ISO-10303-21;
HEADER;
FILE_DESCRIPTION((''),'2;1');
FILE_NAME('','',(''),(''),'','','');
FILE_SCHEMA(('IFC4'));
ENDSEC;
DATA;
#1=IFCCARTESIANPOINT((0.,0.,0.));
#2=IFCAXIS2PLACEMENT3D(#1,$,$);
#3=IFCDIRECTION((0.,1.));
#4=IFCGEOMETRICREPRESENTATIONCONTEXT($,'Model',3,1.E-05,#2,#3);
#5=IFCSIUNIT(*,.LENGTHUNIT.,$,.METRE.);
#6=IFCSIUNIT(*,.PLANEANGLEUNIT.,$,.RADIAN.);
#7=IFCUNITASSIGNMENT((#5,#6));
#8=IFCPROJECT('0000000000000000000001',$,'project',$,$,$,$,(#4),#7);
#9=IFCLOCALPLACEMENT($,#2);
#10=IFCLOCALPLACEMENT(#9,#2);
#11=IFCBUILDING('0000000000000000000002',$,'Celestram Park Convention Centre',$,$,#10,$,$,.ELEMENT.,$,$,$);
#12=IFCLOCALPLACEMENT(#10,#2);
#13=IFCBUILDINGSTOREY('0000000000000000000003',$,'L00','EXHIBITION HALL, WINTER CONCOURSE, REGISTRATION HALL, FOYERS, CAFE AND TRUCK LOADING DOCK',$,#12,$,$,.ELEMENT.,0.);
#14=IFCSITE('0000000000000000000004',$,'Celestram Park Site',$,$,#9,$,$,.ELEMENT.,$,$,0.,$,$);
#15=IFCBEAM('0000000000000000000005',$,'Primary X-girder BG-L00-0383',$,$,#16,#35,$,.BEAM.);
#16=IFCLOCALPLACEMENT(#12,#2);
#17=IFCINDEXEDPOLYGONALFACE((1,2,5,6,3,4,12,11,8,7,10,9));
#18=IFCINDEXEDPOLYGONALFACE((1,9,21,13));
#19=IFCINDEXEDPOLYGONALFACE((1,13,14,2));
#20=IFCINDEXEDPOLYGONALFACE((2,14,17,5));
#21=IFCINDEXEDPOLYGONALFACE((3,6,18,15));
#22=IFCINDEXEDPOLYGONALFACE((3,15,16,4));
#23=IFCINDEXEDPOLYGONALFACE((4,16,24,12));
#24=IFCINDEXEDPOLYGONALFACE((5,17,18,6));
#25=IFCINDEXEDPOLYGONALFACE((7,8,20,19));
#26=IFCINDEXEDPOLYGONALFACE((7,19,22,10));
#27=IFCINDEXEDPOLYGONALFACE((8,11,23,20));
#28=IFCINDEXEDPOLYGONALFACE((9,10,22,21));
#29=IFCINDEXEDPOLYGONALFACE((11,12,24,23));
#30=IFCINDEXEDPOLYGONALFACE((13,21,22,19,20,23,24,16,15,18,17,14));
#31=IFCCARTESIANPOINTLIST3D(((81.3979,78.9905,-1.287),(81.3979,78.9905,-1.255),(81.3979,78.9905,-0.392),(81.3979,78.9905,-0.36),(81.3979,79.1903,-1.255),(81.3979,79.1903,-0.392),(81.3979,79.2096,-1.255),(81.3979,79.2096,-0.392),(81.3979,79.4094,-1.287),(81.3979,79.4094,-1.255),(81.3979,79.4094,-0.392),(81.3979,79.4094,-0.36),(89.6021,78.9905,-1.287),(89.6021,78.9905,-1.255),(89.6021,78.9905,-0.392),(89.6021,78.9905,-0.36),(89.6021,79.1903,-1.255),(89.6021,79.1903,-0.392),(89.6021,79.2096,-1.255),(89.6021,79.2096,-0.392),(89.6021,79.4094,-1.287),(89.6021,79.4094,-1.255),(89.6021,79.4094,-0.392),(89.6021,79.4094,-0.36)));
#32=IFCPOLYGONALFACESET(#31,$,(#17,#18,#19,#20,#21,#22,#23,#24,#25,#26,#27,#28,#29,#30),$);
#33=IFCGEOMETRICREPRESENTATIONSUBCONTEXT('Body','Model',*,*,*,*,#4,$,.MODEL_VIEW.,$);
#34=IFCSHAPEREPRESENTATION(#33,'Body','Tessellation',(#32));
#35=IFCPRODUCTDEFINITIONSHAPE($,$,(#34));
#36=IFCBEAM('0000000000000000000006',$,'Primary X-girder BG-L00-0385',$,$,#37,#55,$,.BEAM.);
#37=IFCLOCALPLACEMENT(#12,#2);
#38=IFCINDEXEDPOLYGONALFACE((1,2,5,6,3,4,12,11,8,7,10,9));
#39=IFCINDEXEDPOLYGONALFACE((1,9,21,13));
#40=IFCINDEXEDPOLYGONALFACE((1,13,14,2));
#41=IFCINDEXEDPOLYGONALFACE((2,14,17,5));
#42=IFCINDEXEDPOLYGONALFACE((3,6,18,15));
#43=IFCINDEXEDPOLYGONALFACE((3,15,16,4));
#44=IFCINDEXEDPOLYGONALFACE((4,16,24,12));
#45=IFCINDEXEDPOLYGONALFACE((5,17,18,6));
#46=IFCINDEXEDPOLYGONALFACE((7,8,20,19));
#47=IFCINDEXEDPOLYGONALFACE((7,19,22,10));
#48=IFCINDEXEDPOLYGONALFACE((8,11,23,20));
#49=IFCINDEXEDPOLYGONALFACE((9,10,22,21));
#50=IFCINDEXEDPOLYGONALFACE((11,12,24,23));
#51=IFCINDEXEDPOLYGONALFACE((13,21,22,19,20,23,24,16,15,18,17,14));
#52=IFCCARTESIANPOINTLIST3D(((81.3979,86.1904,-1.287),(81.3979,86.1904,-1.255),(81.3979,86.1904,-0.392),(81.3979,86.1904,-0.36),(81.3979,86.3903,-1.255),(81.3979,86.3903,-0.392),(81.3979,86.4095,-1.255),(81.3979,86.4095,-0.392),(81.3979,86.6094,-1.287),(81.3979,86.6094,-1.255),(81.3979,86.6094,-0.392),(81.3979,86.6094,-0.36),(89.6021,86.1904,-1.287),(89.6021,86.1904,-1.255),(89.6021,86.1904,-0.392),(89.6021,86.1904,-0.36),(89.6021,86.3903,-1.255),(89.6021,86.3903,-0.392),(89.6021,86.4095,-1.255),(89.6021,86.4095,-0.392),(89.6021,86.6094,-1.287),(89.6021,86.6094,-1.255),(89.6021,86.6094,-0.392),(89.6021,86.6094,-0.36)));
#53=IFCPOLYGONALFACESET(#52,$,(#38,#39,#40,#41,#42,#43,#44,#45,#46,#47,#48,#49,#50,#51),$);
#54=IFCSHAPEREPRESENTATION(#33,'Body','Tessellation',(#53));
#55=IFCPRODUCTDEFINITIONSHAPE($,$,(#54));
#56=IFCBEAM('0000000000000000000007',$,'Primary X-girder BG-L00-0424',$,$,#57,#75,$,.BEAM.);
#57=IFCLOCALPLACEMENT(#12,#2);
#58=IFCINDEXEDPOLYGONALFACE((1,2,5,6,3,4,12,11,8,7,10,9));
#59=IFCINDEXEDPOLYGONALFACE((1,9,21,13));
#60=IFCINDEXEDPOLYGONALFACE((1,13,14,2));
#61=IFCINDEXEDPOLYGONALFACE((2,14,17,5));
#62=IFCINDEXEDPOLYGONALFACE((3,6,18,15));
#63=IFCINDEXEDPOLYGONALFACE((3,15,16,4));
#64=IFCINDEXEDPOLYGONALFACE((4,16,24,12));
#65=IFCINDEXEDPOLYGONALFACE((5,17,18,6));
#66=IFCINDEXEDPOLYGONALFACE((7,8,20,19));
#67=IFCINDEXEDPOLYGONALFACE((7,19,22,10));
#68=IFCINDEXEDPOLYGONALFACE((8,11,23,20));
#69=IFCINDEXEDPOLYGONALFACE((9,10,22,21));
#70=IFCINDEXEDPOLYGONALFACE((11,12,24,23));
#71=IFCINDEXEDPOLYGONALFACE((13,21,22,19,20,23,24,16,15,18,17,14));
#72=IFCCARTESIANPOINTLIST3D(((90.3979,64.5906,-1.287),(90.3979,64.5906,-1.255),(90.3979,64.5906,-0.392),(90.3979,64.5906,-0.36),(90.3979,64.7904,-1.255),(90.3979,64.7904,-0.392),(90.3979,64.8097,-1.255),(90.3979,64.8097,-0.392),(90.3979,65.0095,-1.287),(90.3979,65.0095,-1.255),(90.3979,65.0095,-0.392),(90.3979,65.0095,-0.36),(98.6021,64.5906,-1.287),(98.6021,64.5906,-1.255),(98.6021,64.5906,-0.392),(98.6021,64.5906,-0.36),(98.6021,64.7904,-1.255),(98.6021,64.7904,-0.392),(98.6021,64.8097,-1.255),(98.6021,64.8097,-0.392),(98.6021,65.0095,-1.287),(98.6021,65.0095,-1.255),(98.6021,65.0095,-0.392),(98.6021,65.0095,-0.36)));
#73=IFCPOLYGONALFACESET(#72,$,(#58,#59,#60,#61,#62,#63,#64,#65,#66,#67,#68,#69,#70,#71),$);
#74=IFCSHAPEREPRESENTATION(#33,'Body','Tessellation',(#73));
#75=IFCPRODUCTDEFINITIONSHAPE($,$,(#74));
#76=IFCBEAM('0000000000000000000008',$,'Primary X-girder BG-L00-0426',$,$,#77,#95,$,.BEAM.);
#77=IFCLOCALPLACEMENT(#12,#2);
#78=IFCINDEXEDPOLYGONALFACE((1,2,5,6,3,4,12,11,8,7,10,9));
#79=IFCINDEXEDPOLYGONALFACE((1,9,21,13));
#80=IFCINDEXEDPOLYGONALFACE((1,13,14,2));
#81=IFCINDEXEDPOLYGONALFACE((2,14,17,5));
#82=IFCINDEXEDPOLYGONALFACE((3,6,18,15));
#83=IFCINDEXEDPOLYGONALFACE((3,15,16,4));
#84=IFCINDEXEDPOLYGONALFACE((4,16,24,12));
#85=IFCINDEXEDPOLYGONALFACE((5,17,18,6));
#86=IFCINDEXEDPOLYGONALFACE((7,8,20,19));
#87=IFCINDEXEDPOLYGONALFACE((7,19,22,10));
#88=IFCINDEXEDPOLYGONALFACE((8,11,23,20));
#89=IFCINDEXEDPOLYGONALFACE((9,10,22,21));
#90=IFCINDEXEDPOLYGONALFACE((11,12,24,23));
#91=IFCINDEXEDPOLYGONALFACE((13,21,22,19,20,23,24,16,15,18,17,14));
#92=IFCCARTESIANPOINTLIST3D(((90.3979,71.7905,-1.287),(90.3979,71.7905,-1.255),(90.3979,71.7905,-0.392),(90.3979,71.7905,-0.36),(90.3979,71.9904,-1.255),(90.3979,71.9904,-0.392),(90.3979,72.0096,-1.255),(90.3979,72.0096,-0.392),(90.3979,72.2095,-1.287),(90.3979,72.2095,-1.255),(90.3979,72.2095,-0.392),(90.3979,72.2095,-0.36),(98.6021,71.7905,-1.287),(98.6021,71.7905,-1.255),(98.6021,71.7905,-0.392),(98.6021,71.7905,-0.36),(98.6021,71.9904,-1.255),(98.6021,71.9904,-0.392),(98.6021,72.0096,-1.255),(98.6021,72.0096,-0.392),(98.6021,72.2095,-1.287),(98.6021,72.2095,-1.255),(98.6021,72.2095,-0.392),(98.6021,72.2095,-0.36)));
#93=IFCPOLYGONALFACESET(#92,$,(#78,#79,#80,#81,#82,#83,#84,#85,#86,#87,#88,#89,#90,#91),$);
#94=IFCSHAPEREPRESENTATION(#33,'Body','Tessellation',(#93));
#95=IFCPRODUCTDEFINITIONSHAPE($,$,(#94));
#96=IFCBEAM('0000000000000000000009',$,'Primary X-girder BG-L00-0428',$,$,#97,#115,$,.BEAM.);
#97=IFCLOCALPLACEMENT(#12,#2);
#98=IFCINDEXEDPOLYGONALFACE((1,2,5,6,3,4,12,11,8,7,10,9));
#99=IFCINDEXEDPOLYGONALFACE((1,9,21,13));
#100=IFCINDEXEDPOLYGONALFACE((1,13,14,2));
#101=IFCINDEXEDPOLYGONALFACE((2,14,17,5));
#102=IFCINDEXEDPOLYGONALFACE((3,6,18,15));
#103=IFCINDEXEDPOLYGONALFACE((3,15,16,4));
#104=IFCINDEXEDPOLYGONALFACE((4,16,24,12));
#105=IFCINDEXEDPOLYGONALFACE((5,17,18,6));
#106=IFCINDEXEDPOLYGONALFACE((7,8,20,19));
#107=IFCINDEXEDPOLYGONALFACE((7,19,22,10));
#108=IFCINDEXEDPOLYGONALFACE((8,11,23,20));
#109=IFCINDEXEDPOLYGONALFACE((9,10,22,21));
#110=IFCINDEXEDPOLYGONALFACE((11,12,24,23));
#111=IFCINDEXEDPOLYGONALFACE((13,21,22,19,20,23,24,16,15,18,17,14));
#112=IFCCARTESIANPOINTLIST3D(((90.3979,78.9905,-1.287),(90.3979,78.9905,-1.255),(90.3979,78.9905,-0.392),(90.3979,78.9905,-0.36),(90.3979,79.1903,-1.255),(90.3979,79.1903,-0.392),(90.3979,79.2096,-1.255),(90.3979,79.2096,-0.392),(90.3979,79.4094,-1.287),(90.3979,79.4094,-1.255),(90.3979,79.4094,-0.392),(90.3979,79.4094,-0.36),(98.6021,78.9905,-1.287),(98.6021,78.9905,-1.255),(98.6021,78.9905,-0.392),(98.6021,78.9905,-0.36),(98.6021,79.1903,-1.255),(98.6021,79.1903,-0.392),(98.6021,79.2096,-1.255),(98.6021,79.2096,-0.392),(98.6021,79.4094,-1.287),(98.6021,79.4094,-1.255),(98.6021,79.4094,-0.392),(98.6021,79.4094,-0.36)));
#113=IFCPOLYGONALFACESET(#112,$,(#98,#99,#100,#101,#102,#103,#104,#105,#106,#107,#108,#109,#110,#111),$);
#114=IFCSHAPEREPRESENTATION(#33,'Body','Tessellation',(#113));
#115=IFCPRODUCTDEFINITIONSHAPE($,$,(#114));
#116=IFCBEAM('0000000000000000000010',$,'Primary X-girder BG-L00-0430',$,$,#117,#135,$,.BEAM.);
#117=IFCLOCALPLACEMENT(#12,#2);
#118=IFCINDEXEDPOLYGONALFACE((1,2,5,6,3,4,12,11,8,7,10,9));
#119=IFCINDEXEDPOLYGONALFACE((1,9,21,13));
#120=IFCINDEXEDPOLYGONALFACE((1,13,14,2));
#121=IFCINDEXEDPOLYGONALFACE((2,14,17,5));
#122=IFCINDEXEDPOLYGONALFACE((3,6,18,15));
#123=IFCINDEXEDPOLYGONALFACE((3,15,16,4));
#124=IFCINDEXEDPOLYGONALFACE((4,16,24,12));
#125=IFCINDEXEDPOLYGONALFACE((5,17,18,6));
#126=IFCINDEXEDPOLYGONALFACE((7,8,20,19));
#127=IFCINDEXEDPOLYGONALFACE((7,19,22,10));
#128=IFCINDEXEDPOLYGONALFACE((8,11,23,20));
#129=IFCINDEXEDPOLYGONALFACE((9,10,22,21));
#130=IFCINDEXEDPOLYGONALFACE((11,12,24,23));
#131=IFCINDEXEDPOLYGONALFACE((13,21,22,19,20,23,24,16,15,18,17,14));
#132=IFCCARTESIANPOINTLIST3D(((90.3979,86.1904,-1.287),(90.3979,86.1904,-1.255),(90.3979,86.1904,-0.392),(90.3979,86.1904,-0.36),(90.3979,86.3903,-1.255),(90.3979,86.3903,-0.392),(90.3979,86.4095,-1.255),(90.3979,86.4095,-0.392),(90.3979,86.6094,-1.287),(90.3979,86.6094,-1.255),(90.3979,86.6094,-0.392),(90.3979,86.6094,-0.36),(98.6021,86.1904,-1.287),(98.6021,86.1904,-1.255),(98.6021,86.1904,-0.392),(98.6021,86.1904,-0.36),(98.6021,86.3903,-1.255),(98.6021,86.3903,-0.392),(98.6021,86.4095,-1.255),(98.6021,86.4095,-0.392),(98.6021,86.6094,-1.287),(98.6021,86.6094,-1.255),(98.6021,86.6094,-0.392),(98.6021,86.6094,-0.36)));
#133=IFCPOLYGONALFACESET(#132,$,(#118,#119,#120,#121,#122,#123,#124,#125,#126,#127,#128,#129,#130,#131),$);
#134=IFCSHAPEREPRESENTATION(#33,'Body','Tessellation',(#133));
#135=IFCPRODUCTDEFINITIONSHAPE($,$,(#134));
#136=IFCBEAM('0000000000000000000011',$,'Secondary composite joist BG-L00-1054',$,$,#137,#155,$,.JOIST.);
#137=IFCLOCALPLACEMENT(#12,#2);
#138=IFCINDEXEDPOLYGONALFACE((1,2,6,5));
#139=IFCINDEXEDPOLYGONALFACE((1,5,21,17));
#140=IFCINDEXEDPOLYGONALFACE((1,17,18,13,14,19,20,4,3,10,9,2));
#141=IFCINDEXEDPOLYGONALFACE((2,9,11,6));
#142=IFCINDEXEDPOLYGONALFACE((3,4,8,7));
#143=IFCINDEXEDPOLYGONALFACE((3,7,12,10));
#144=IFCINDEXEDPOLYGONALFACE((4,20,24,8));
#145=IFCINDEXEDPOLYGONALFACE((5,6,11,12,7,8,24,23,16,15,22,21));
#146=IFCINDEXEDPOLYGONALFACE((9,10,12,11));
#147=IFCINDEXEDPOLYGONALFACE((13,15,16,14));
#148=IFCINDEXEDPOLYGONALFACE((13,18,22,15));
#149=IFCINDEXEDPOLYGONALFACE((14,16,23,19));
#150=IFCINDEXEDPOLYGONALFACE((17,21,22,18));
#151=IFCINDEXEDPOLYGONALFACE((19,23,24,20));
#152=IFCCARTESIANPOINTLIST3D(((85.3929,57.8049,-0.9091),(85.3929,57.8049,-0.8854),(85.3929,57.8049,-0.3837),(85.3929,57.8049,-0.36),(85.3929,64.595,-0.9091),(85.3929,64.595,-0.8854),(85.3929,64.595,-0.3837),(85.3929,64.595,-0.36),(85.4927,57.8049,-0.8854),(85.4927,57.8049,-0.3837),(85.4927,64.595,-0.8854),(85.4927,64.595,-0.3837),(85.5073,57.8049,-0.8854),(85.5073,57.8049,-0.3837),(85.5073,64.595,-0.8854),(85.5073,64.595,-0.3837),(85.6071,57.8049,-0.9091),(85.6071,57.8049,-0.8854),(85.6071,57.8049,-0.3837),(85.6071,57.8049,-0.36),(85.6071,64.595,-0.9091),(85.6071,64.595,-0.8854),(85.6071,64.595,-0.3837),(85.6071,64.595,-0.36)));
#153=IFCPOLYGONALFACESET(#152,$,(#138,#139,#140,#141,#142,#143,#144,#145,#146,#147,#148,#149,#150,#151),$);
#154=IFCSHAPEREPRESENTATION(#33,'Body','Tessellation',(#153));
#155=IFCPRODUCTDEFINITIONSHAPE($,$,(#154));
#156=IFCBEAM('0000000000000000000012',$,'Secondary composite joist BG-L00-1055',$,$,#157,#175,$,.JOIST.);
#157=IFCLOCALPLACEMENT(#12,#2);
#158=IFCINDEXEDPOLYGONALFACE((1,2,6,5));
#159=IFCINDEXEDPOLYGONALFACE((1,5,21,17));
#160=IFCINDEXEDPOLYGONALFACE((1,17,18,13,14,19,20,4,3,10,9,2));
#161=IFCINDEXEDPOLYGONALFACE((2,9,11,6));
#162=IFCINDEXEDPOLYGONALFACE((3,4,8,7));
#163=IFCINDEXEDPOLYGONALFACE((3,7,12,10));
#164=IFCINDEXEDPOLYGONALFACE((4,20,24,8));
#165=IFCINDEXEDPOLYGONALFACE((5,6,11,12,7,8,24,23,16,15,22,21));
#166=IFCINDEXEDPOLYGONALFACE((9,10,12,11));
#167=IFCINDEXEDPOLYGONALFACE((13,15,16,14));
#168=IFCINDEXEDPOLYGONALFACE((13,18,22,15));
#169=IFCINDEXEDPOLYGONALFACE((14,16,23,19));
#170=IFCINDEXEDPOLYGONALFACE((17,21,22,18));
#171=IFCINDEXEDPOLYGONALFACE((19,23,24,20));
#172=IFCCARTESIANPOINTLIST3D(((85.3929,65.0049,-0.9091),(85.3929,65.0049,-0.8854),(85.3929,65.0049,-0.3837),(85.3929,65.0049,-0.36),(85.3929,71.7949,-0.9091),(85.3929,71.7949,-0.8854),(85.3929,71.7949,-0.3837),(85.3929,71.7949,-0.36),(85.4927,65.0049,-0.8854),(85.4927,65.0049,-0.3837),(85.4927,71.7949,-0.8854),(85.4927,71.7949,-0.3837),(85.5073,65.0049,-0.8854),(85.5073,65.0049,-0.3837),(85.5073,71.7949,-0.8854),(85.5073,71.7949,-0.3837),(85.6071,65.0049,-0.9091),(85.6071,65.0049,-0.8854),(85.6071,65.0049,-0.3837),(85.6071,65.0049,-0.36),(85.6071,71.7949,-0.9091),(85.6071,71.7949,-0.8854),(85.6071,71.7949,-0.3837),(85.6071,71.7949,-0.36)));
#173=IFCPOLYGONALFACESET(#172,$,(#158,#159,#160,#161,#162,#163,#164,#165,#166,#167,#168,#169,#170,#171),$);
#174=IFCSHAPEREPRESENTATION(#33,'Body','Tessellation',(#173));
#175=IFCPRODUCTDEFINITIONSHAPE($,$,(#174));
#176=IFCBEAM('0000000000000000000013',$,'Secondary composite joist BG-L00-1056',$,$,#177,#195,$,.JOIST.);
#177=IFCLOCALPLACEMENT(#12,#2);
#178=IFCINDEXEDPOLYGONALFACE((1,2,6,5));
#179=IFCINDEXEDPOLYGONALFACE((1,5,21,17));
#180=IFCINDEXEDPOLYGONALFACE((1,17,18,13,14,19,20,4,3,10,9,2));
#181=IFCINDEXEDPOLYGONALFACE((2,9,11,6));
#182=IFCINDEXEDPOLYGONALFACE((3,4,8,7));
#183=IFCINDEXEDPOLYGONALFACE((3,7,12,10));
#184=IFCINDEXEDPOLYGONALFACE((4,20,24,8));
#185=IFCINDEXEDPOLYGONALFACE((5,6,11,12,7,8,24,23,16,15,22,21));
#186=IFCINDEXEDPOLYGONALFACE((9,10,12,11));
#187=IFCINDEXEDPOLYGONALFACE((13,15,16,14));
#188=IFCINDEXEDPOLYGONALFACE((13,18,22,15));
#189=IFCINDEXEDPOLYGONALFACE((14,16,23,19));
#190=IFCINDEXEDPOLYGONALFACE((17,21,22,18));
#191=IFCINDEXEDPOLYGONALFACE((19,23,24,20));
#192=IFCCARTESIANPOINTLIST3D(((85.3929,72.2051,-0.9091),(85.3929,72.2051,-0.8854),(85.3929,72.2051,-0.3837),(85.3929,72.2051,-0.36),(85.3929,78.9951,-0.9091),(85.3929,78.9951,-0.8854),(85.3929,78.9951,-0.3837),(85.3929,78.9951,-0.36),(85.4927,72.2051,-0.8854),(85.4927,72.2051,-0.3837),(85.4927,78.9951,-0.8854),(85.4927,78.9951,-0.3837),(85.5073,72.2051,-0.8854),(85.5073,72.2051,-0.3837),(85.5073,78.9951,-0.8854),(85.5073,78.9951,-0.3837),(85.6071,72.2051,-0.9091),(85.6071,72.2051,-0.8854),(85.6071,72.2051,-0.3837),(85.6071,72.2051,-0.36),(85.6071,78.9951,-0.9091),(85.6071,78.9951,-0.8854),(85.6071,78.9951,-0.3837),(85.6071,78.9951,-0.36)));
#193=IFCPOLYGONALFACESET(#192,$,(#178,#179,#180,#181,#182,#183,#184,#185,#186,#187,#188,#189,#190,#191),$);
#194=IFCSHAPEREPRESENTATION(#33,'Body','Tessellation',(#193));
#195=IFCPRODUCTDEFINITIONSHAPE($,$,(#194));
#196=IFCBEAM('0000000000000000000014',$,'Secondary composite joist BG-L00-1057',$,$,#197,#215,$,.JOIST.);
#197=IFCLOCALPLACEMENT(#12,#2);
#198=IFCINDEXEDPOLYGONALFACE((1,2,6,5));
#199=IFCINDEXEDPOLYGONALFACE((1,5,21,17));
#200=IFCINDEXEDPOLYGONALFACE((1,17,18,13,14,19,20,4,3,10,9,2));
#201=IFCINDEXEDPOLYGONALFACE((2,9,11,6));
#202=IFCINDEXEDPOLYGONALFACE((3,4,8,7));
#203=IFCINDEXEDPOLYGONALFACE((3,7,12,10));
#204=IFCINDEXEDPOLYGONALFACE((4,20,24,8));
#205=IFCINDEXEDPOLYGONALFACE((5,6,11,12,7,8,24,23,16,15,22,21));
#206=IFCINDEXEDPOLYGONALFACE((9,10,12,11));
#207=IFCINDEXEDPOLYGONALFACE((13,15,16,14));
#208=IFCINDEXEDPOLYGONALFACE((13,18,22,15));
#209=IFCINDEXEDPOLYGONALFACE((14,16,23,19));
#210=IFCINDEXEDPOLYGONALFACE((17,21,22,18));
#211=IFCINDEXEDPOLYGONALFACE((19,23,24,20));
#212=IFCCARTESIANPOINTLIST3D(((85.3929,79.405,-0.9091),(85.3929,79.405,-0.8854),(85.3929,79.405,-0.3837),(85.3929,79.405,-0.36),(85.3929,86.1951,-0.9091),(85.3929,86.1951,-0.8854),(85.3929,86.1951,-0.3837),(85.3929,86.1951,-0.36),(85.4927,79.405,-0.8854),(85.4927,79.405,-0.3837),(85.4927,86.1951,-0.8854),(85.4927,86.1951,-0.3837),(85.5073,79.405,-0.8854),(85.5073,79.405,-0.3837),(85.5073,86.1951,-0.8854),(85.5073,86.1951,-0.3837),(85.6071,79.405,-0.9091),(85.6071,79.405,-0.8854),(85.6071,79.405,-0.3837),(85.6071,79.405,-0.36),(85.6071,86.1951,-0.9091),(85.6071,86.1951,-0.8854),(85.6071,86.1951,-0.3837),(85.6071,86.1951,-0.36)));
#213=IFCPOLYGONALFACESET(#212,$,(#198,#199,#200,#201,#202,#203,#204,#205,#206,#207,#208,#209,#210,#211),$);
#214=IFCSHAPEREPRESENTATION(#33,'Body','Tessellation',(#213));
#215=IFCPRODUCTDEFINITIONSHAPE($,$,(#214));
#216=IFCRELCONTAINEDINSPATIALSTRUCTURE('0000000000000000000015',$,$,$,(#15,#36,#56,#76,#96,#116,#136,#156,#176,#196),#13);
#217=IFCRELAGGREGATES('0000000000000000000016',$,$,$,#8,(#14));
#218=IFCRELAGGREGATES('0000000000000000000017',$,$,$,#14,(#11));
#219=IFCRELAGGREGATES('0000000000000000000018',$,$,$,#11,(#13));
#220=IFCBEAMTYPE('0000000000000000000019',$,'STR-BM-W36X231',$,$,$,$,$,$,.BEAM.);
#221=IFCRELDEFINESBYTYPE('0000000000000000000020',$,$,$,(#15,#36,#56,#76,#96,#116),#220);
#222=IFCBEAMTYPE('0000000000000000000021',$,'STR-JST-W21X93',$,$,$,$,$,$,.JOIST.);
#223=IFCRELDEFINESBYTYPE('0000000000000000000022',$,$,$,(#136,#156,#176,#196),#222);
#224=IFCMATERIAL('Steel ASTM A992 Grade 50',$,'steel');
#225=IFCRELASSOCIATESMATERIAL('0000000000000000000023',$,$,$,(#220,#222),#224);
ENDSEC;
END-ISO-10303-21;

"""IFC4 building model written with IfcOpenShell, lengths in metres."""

from ifc_helpers import new_model, si_unit, direction, frame, origin, origin_2d, place, context, subcontext, project, spatial, i_section, extrude, material, material_profile, profile_set, type_object, element, save


model = new_model("IFC4")

# Units and contexts
model_context = context("Model", 3, precision=1e-05, world=origin(), true_north=direction((0.0, 1.0)))
body_context = subcontext(model_context, "Body", "Model", "MODEL_VIEW")
ifc_project = project(units=[si_unit("LENGTHUNIT", "METRE"), si_unit("PLANEANGLEUNIT", "RADIAN")], contexts=[model_context])

# Site, building, storey
site_placement = place(None, origin())
site = spatial("IfcSite", under=ifc_project, at=site_placement, Name="Celestram Park Site", CompositionType="ELEMENT", RefElevation=0.0)
building_placement = place(site_placement, origin())
building = spatial("IfcBuilding", under=site, at=building_placement, Name="Celestram Park Convention Centre", CompositionType="ELEMENT")
storey_placement = place(building_placement, origin())
storey = spatial("IfcBuildingStorey", under=building, at=storey_placement, Name="L00", Description="EXHIBITION HALL, WINTER CONCOURSE, REGISTRATION HALL, FOYERS, CAFE AND TRUCK LOADING DOCK", CompositionType="ELEMENT", Elevation=0.0)

# Beams
ifc_material_1 = material(Name="Steel ASTM A992 Grade 50", Category="steel")
ifc_material_profile_1 = material_profile(ifc_material_1, i_section(OverallWidth=0.4189, OverallDepth=0.927, WebThickness=0.0193, FlangeThickness=0.032, at=origin_2d()), Name="W36X231")
ifc_profile_set_1 = profile_set([ifc_material_profile_1], Name="Steel ASTM A992 Grade 50")
beam_type_1 = type_object("IfcBeamType", Name="STR-BM-W36X231", PredefinedType="BEAM", material=ifc_profile_set_1)
for number, where, z_axis, x_axis, name in (
    (1, (81.3979, 79.2, -0.8235), (1.0, 0.0, 0.0), (0.0, 1.0, 0.0), "Primary X-girder BG-L00-0383"),
    (2, (81.3979, 86.3999, -0.8235), (1.0, 0.0, 0.0), (0.0, 1.0, 0.0), "Primary X-girder BG-L00-0385"),
    (3, (90.3979, 64.8, -0.8235), (1.0, 0.0, 0.0), (0.0, 1.0, 0.0), "Primary X-girder BG-L00-0424"),
    (4, (90.3979, 72.0, -0.8235), (1.0, 0.0, 0.0), (0.0, 1.0, 0.0), "Primary X-girder BG-L00-0426"),
    (5, (90.3979, 79.2, -0.8235), (1.0, 0.0, 0.0), (0.0, 1.0, 0.0), "Primary X-girder BG-L00-0428"),
    (6, (90.3979, 86.3999, -0.8235), (1.0, 0.0, 0.0), (0.0, 1.0, 0.0), "Primary X-girder BG-L00-0430"),
):
    element("IfcBeam", number, at=place(storey_placement, frame(where, z_axis=z_axis, x_axis=x_axis)), inside=storey, type_object=beam_type_1, Name=name, PredefinedType="BEAM", context=body_context, shape_type="SweptSolid", body=[
        extrude(i_section(OverallWidth=0.4189, OverallDepth=0.927, WebThickness=0.0193, FlangeThickness=0.032, at=origin_2d()), origin(), (0.0, 0.0, 1.0), 8.2041),
    ])
ifc_material_profile_2 = material_profile(ifc_material_1, i_section(OverallWidth=0.2141, OverallDepth=0.5491, WebThickness=0.0146, FlangeThickness=0.0237, at=origin_2d()), Name="W21X93")
ifc_profile_set_2 = profile_set([ifc_material_profile_2], Name="Steel ASTM A992 Grade 50")
beam_type_2 = type_object("IfcBeamType", Name="STR-JST-W21X93", PredefinedType="JOIST", material=ifc_profile_set_2)
for number, where, z_axis, x_axis, name in (
    (7, (85.5, 57.8049, -0.6345), (0.0, 1.0, 0.0), (-1.0, 0.0, 0.0), "Secondary composite joist BG-L00-1054"),
    (8, (85.5, 65.0049, -0.6345), (0.0, 1.0, 0.0), (-1.0, 0.0, 0.0), "Secondary composite joist BG-L00-1055"),
    (9, (85.5, 72.2051, -0.6345), (0.0, 1.0, 0.0), (-1.0, 0.0, 0.0), "Secondary composite joist BG-L00-1056"),
    (10, (85.5, 79.405, -0.6345), (0.0, 1.0, 0.0), (-1.0, 0.0, 0.0), "Secondary composite joist BG-L00-1057"),
):
    element("IfcBeam", number, at=place(storey_placement, frame(where, z_axis=z_axis, x_axis=x_axis)), inside=storey, type_object=beam_type_2, Name=name, PredefinedType="JOIST", context=body_context, shape_type="SweptSolid", body=[
        extrude(i_section(OverallWidth=0.2141, OverallDepth=0.5491, WebThickness=0.0146, FlangeThickness=0.0237, at=origin_2d()), origin(), (0.0, 0.0, 1.0), 6.79),
    ])

save(model, "model.ifc")
